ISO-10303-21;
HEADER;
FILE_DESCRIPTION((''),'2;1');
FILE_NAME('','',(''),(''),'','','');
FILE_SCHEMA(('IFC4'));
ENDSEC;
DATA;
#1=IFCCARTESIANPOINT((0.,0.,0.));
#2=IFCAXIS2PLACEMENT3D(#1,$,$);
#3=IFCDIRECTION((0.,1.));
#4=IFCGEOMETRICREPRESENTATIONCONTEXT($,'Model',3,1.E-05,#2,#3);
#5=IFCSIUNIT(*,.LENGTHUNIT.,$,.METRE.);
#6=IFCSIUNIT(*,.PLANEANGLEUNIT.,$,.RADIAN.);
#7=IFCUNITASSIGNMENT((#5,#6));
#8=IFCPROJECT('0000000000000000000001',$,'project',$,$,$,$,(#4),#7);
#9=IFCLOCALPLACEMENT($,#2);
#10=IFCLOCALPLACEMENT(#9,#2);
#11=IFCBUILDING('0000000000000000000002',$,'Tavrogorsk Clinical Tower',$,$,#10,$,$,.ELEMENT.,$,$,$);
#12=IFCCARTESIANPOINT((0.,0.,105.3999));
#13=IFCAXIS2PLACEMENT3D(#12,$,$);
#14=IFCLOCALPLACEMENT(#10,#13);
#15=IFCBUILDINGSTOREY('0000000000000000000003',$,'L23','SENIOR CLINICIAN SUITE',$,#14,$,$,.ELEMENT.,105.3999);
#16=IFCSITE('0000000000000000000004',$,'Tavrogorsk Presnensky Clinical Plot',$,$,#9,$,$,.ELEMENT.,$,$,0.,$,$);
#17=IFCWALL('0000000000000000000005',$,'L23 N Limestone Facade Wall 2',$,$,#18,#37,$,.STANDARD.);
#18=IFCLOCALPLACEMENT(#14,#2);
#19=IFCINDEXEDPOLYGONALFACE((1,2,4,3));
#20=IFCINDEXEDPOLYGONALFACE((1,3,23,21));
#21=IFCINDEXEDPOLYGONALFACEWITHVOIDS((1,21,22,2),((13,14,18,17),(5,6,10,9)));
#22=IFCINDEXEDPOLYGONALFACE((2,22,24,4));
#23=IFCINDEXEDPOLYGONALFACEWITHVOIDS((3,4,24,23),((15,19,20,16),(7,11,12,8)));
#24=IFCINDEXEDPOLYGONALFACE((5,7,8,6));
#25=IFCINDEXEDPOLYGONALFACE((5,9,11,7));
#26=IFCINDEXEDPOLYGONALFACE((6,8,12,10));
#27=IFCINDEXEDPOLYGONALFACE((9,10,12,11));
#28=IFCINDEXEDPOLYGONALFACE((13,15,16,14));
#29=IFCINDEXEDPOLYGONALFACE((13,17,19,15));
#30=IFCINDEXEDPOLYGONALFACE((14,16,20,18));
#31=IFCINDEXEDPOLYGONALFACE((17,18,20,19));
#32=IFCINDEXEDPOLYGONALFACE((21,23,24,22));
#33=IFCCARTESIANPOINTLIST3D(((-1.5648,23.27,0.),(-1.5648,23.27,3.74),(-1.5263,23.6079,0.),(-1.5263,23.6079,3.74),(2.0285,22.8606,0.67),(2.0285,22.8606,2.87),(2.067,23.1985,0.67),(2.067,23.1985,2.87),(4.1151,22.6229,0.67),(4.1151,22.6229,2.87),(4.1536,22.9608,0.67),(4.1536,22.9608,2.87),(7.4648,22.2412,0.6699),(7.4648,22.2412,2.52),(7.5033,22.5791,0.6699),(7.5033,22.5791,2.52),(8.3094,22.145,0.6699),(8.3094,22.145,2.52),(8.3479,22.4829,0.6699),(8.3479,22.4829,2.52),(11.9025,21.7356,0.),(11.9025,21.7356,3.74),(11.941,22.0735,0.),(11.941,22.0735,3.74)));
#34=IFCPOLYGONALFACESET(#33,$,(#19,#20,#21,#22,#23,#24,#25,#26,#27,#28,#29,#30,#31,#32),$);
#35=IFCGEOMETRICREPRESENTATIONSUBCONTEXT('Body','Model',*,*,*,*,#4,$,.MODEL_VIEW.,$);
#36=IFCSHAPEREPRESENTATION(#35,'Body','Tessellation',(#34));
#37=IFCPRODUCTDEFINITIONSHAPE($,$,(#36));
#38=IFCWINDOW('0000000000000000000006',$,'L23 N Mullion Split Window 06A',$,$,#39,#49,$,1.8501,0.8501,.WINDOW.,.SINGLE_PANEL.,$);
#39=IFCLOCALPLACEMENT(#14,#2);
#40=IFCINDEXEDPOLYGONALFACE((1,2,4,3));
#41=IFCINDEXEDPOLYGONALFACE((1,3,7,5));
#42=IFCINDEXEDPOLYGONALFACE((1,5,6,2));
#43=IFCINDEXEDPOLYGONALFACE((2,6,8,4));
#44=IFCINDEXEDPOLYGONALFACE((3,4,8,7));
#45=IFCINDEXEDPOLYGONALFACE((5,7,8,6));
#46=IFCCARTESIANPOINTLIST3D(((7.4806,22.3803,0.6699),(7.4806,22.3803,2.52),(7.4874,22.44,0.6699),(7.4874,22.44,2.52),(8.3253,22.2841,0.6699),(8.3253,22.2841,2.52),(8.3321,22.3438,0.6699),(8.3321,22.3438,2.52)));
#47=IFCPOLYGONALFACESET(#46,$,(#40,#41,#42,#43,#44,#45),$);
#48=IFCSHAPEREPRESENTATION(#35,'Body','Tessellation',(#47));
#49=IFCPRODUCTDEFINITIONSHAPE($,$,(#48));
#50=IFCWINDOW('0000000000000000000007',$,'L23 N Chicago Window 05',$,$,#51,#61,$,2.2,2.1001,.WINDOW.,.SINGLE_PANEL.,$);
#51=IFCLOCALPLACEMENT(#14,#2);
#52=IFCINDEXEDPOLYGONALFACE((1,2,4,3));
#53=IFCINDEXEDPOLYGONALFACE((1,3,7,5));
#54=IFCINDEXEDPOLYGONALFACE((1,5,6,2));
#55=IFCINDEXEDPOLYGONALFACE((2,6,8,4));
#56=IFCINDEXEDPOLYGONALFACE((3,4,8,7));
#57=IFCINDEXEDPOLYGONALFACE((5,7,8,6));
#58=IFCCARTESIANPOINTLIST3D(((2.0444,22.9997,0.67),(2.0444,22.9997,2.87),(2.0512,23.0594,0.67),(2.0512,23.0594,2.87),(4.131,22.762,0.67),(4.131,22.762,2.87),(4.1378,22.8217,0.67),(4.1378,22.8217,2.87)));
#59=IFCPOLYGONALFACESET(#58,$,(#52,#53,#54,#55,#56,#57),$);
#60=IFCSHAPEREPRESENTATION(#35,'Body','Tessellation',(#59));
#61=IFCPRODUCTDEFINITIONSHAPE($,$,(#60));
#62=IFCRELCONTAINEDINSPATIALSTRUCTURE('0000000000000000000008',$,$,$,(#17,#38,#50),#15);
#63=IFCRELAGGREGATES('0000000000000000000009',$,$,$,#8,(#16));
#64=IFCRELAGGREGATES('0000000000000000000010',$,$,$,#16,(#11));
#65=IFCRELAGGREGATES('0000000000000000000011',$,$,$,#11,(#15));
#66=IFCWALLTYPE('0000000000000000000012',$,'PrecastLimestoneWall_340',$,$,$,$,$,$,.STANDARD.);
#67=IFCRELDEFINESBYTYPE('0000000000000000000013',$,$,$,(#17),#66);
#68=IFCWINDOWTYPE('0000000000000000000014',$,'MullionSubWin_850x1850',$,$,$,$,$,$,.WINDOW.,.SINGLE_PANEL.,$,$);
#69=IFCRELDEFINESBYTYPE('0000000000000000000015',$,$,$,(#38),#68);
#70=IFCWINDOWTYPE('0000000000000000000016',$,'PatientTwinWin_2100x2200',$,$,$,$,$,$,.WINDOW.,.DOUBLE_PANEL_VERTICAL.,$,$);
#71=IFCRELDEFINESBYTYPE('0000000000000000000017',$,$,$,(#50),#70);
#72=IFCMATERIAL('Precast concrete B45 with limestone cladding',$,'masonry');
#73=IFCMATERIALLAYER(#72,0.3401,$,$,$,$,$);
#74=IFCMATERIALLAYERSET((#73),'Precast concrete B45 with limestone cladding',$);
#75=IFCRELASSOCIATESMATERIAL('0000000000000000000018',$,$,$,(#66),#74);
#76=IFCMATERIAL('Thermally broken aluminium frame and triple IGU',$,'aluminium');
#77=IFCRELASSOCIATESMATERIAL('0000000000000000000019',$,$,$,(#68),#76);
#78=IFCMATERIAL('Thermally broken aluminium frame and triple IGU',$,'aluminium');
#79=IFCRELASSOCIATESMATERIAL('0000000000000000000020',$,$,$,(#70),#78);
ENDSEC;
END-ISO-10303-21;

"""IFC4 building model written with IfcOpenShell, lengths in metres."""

from ifc_helpers import new_model, si_unit, direction, frame, frame_2d, origin, place, context, subcontext, project, spatial, rectangle, extrude, material, layer, layer_set, type_object, element, fill, save


model = new_model("IFC4")

# Units and contexts
model_context = context("Model", 3, precision=1e-05, world=origin(), true_north=direction((0.0, 1.0)))
body_context = subcontext(model_context, "Body", "Model", "MODEL_VIEW")
ifc_project = project(units=[si_unit("LENGTHUNIT", "METRE"), si_unit("PLANEANGLEUNIT", "RADIAN")], contexts=[model_context])

# Site, building, storey
site_placement = place(None, origin())
site = spatial("IfcSite", under=ifc_project, at=site_placement, Name="Tavrogorsk Presnensky Clinical Plot", CompositionType="ELEMENT", RefElevation=0.0)
building_placement = place(site_placement, origin())
building = spatial("IfcBuilding", under=site, at=building_placement, Name="Tavrogorsk Clinical Tower", CompositionType="ELEMENT")
storey_placement = place(building_placement, frame((0.0, 0.0, 105.3999)))
storey = spatial("IfcBuildingStorey", under=building, at=storey_placement, Name="L23", Description="SENIOR CLINICIAN SUITE", CompositionType="ELEMENT", Elevation=105.3999)

# Wall, openings, windows
ifc_material_1 = material(Name="Precast concrete B45 with limestone cladding", Category="masonry")
ifc_layer_1 = layer(ifc_material_1, 0.3401)
ifc_layer_set_1 = layer_set([ifc_layer_1], Name="Precast concrete B45 with limestone cladding")
wall_type_1 = type_object("IfcWallType", Name="PrecastLimestoneWall_340", PredefinedType="STANDARD", material=ifc_layer_set_1)
wall_1_placement = place(storey_placement, frame((11.9219, 21.9045, 0.0), z_axis=(0.0, 0.0, 1.0), x_axis=(-0.993572, 0.113205, 0.0)))
wall_1 = element("IfcWall", 1, at=wall_1_placement, inside=storey, type_object=wall_type_1, Name="L23 N Limestone Facade Wall 2", PredefinedType="STANDARD", context=body_context, shape_type="SweptSolid", body=[
    extrude(rectangle(XDim=13.5544, YDim=0.3401, at=frame_2d((6.7773, 0.0))), origin(), (0.0, 0.0, 1.0), 3.74),
])
opening_1_placement = place(wall_1_placement, frame((7.8379, 0.0, 0.6699)))
opening_1 = element("IfcOpeningElement", 2, at=opening_1_placement, cuts=wall_1, PredefinedType="OPENING", context=body_context, shape_type="SweptSolid", body=[
    extrude(rectangle(XDim=2.1001, YDim=2.2, at=frame_2d((1.05, 1.1001))), frame((0.0, 0.1799, 0.0), z_axis=(0.0, -1.0, 0.0), x_axis=(1.0, 0.0, 0.0)), (0.0, 0.0, 1.0), 0.3601),
])
opening_2_placement = place(wall_1_placement, frame((3.6165, 0.0, 0.6699)))
opening_2 = element("IfcOpeningElement", 3, at=opening_2_placement, cuts=wall_1, PredefinedType="OPENING", context=body_context, shape_type="SweptSolid", body=[
    extrude(rectangle(XDim=0.8501, YDim=1.8501, at=frame_2d((0.425, 0.925))), frame((0.0, 0.1799, 0.0), z_axis=(0.0, -1.0, 0.0), x_axis=(1.0, 0.0, 0.0)), (0.0, 0.0, 1.0), 0.3601),
])
ifc_material_2 = material(Name="Thermally broken aluminium frame and triple IGU", Category="aluminium")
window_type_1 = type_object("IfcWindowType", Name="MullionSubWin_850x1850", PartitioningType="SINGLE_PANEL", PredefinedType="WINDOW", material=ifc_material_2)
window_1_placement = place(opening_2_placement, origin())
window_1 = element("IfcWindow", 4, at=window_1_placement, inside=storey, type_object=window_type_1, Name="L23 N Mullion Split Window 06A", OverallHeight=1.8501, OverallWidth=0.8501, PartitioningType="SINGLE_PANEL", PredefinedType="WINDOW", context=body_context, shape_type="SweptSolid", body=[
    extrude(rectangle(XDim=0.8501, YDim=1.8501, at=frame_2d((0.425, 0.925))), frame((0.0, 0.03, 0.0), z_axis=(0.0, -1.0, 0.0), x_axis=(1.0, 0.0, 0.0)), (0.0, 0.0, 1.0), 0.0601),
])
fill(opening_2, window_1)
ifc_material_3 = material(Name="Thermally broken aluminium frame and triple IGU", Category="aluminium")
window_type_2 = type_object("IfcWindowType", Name="PatientTwinWin_2100x2200", PartitioningType="DOUBLE_PANEL_VERTICAL", PredefinedType="WINDOW", material=ifc_material_3)
window_2_placement = place(opening_1_placement, origin())
window_2 = element("IfcWindow", 5, at=window_2_placement, inside=storey, type_object=window_type_2, Name="L23 N Chicago Window 05", OverallHeight=2.2, OverallWidth=2.1001, PartitioningType="SINGLE_PANEL", PredefinedType="WINDOW", context=body_context, shape_type="SweptSolid", body=[
    extrude(rectangle(XDim=2.1001, YDim=2.2, at=frame_2d((1.05, 1.1001))), frame((0.0, 0.03, 0.0), z_axis=(0.0, -1.0, 0.0), x_axis=(1.0, 0.0, 0.0)), (0.0, 0.0, 1.0), 0.0601),
])
fill(opening_1, window_2)

save(model, "model.ifc")
